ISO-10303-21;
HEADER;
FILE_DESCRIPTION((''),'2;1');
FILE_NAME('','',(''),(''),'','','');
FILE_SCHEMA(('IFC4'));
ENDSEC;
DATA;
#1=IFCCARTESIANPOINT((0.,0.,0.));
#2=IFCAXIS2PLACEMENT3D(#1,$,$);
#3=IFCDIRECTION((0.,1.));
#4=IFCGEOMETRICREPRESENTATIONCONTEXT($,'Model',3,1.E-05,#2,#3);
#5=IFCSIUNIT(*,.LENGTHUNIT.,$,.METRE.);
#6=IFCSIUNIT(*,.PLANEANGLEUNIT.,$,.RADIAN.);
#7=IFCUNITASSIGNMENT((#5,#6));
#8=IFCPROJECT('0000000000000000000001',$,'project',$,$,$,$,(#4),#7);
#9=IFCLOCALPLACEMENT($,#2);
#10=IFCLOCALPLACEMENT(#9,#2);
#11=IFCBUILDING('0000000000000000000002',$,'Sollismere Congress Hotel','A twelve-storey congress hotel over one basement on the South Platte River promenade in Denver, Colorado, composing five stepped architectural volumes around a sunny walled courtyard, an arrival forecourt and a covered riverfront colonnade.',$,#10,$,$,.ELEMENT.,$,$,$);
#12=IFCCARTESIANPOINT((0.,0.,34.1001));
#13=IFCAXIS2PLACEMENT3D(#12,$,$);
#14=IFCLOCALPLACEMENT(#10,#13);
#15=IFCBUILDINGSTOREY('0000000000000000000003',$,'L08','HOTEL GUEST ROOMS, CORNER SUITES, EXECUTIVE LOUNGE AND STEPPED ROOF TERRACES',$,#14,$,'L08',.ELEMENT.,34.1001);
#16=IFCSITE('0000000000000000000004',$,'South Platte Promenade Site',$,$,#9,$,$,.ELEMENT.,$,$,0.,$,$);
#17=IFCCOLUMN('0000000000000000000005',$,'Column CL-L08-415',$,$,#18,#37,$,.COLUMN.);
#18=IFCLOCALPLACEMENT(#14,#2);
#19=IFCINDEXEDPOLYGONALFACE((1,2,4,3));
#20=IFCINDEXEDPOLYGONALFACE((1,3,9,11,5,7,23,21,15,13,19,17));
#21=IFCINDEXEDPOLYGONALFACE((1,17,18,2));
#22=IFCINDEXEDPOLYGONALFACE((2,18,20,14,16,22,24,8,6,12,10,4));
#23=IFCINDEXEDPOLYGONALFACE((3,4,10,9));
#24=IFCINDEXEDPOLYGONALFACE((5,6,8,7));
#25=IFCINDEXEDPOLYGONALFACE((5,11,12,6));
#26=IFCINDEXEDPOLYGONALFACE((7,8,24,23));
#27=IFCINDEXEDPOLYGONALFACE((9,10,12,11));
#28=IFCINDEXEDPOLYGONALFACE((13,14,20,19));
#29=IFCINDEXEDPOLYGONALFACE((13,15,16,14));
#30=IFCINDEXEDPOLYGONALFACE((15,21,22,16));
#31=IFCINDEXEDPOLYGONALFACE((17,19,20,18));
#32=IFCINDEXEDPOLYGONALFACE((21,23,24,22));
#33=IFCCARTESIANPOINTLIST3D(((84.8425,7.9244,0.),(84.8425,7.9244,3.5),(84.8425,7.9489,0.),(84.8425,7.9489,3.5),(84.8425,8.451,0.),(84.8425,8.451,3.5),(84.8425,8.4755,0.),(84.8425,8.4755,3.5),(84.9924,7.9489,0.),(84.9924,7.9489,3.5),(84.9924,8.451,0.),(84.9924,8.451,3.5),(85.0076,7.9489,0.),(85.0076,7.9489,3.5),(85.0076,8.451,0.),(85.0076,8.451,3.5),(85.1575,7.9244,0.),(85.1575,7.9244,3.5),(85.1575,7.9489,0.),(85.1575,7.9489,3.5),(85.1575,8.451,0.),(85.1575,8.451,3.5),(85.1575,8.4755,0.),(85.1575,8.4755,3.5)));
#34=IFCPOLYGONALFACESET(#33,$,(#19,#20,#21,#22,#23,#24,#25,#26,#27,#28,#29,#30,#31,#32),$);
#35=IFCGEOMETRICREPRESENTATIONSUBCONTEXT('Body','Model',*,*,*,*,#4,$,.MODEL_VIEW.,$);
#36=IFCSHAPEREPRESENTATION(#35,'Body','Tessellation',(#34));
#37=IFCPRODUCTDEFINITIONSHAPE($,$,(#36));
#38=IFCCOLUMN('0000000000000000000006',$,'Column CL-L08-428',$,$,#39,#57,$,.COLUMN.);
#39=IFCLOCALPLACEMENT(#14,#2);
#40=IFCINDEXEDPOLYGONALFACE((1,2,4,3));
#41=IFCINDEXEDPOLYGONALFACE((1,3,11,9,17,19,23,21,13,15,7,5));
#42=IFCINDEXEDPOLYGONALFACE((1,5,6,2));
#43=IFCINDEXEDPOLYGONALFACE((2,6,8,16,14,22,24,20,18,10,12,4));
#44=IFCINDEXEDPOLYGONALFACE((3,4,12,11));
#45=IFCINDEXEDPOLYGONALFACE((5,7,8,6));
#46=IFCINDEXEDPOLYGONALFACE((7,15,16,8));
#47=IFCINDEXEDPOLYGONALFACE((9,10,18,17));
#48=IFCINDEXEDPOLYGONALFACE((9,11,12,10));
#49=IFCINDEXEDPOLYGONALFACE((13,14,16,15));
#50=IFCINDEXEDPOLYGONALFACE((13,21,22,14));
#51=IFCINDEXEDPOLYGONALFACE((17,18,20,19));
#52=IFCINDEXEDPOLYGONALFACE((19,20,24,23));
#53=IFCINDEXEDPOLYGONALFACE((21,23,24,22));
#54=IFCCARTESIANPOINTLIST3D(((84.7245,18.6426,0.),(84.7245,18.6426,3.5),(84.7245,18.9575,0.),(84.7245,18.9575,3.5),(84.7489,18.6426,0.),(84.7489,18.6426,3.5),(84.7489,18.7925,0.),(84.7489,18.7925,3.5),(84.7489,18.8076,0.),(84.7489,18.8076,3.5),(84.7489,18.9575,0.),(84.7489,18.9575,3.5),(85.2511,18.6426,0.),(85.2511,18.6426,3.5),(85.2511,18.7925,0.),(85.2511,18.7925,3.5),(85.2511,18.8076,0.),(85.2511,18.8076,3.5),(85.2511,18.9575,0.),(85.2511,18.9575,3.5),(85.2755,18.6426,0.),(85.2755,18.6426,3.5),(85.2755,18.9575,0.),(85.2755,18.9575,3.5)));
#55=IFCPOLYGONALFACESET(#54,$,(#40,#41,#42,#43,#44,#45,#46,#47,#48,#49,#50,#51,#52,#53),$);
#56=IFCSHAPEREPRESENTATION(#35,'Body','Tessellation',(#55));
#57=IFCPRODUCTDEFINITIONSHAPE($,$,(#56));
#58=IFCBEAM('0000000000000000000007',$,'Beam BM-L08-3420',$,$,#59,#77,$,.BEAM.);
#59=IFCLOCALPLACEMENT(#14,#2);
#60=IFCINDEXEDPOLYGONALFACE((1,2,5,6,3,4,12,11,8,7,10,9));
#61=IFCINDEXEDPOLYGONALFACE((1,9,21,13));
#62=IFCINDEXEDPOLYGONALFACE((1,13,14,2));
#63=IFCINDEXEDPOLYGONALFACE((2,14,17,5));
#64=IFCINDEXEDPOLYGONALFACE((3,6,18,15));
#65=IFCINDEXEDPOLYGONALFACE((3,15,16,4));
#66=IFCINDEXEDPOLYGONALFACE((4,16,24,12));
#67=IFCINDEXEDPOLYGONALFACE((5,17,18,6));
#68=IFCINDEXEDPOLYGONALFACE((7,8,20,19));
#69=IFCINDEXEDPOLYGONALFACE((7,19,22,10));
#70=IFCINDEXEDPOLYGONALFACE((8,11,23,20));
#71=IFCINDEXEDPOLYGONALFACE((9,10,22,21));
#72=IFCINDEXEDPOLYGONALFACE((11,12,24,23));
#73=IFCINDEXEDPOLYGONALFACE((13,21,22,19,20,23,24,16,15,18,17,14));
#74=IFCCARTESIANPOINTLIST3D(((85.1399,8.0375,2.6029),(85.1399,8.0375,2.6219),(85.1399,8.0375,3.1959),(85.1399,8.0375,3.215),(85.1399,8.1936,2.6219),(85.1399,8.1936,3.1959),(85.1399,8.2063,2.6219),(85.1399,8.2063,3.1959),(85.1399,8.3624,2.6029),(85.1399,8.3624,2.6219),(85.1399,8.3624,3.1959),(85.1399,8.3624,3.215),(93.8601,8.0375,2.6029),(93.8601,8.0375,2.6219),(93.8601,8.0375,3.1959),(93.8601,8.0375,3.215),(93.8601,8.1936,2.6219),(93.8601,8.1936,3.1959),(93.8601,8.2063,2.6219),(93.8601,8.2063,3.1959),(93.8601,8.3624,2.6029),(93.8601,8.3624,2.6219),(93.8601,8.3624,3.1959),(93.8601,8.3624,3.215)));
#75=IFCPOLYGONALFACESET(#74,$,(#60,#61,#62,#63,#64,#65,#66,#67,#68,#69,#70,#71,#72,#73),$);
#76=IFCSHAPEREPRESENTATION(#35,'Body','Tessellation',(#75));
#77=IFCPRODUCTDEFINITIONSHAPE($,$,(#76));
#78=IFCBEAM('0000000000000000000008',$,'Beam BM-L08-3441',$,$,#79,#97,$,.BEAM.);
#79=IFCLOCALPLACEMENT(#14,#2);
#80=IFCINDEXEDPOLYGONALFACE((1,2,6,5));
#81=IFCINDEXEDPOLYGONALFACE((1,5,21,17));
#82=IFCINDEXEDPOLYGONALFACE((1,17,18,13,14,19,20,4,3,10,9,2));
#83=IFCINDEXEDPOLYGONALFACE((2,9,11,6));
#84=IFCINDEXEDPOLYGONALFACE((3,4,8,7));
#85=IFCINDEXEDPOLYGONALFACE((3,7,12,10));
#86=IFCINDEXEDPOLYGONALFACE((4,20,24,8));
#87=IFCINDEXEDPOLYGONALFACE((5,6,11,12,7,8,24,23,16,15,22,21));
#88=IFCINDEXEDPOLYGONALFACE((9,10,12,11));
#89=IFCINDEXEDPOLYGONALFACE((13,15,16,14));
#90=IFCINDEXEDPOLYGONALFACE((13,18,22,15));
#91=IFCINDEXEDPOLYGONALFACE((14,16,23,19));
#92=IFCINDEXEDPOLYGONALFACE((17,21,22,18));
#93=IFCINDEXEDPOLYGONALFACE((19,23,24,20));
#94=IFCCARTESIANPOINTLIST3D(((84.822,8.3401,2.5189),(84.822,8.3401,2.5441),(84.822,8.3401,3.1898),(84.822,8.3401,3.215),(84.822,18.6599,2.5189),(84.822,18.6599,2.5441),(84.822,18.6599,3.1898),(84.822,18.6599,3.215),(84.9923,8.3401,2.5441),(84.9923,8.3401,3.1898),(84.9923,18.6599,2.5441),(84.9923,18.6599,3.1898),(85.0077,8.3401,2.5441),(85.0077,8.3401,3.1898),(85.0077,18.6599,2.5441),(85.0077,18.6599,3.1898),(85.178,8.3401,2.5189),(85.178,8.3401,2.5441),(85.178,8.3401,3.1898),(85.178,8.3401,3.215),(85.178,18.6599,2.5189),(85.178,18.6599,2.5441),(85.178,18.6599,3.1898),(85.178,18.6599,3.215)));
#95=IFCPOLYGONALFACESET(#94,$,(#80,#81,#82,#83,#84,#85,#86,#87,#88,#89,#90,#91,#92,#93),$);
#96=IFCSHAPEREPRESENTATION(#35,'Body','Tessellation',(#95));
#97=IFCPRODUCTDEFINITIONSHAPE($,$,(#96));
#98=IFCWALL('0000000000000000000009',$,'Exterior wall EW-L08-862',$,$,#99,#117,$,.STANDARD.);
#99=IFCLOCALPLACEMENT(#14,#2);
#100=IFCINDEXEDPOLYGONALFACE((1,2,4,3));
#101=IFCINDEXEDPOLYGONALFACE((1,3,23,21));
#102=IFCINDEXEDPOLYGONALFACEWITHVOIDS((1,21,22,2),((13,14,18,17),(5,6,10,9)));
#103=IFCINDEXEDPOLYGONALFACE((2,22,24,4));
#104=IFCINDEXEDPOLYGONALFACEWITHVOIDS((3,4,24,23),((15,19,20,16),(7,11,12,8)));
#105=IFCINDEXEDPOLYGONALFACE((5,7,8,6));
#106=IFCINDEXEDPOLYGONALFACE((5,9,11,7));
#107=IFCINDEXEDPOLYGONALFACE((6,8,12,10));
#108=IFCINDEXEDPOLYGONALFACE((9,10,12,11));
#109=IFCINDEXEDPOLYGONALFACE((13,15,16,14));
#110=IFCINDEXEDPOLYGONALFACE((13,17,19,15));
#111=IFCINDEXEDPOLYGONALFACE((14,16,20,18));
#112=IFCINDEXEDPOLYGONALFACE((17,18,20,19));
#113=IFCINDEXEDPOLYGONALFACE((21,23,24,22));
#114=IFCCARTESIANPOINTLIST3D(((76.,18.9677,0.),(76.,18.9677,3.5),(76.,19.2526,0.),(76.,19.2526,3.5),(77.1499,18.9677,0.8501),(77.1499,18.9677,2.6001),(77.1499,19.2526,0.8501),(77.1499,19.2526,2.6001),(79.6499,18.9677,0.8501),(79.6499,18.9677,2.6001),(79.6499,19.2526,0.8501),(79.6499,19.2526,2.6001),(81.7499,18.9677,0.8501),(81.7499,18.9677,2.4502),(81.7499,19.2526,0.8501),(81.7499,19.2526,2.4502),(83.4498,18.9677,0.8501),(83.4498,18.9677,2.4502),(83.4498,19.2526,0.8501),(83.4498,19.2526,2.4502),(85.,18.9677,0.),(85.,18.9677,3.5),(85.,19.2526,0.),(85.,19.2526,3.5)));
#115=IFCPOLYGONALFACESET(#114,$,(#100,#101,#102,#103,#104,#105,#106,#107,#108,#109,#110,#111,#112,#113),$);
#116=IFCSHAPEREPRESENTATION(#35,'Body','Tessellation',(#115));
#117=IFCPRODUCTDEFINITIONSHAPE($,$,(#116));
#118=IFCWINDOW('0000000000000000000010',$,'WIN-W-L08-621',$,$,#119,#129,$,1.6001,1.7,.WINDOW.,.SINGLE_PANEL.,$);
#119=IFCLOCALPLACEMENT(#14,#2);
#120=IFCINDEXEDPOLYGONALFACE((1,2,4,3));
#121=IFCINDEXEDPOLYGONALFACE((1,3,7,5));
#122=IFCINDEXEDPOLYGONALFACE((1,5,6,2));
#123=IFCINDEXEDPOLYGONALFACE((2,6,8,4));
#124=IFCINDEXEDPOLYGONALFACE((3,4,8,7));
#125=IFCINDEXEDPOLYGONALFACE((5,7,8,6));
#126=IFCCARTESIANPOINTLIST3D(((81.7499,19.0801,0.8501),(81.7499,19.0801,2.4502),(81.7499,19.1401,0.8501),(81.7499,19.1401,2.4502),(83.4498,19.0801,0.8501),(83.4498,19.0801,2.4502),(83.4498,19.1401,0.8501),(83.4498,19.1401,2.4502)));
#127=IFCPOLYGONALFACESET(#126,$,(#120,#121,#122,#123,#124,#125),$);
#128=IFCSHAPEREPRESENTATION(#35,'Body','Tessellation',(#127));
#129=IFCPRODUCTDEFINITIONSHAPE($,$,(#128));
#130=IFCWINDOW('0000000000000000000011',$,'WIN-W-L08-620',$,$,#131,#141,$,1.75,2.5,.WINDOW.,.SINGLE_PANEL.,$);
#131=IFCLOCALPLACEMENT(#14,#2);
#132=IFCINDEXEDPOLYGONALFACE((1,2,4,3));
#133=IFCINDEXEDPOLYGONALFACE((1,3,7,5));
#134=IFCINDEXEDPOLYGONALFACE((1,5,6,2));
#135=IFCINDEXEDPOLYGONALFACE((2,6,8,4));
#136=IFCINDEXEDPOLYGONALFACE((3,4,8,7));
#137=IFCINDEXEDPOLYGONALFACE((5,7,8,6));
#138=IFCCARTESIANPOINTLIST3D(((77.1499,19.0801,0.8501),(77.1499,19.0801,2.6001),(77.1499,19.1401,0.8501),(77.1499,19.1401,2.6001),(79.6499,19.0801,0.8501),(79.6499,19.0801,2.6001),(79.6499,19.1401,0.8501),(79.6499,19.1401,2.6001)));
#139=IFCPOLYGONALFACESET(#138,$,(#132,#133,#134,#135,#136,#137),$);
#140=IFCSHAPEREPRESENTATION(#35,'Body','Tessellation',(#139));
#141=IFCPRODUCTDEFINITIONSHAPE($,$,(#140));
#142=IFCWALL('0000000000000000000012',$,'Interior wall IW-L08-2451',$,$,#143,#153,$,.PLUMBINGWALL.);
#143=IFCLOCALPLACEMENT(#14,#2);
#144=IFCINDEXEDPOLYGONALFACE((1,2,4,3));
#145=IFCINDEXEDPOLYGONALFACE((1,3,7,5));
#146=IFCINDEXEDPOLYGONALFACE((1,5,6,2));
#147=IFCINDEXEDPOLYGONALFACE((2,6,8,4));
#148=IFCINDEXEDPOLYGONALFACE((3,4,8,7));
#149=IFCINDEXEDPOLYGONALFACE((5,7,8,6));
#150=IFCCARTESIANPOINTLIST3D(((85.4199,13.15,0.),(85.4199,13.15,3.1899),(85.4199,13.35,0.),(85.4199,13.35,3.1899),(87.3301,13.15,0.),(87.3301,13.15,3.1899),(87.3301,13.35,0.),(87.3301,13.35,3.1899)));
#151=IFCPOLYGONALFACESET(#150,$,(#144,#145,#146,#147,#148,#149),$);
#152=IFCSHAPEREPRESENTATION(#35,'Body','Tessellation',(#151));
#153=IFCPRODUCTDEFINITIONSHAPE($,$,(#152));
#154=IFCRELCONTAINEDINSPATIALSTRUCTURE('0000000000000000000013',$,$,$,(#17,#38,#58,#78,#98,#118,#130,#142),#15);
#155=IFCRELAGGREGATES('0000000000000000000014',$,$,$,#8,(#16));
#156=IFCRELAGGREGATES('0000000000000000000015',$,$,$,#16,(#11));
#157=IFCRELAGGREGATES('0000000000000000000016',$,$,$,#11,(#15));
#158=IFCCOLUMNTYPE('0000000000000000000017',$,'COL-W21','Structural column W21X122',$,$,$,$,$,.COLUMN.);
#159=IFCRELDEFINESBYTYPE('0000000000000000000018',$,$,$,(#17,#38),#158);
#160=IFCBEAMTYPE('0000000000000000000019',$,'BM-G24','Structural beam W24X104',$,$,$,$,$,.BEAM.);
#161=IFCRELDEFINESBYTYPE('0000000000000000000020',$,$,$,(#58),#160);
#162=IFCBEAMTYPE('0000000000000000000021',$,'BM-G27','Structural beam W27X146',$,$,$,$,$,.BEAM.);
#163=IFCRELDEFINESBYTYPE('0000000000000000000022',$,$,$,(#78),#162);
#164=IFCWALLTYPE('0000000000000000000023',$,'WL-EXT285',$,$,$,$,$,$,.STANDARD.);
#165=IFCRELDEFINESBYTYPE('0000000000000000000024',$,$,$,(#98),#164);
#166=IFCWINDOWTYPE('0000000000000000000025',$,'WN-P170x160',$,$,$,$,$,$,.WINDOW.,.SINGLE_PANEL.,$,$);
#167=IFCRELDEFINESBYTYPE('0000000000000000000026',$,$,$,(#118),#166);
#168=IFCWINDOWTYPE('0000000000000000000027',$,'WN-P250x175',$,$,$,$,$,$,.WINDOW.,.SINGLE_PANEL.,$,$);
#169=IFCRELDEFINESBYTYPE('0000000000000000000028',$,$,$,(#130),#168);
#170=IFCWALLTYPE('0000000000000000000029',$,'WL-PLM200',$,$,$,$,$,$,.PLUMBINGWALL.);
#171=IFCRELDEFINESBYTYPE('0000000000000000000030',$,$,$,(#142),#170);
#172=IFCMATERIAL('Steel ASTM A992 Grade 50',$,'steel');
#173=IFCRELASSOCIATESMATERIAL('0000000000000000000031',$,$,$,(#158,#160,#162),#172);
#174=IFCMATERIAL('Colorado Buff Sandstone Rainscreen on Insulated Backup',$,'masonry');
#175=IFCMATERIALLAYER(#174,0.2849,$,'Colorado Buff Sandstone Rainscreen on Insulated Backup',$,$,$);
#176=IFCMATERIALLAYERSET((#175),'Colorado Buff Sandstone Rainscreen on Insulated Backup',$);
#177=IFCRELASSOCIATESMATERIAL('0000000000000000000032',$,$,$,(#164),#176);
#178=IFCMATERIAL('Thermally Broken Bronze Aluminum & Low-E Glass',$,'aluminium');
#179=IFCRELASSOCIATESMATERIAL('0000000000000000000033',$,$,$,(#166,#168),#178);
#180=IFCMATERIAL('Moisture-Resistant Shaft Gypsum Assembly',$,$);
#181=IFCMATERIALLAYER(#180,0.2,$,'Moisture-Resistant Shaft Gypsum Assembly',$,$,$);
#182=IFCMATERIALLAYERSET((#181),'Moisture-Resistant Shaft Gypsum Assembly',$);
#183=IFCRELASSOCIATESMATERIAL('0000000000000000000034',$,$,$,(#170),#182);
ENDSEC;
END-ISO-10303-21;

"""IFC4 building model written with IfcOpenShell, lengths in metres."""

from ifc_helpers import new_model, si_unit, direction, frame, frame_2d, origin, origin_2d, place, context, subcontext, project, spatial, rectangle, i_section, extrude, material, layer, layer_set, material_profile, profile_set, type_object, element, fill, save


model = new_model("IFC4")

# Units and contexts
model_context = context("Model", 3, precision=1e-05, world=origin(), true_north=direction((0.0, 1.0)))
body_context = subcontext(model_context, "Body", "Model", "MODEL_VIEW")
ifc_project = project(units=[si_unit("LENGTHUNIT", "METRE"), si_unit("PLANEANGLEUNIT", "RADIAN")], contexts=[model_context])

# Site, building, storey
site_placement = place(None, origin())
site = spatial("IfcSite", under=ifc_project, at=site_placement, Name="South Platte Promenade Site", CompositionType="ELEMENT", RefElevation=0.0)
building_placement = place(site_placement, origin())
building = spatial("IfcBuilding", under=site, at=building_placement, Name="Sollismere Congress Hotel", Description="A twelve-storey congress hotel over one basement on the South Platte River promenade in Denver, Colorado, composing five stepped architectural volumes around a sunny walled courtyard, an arrival forecourt and a covered riverfront colonnade.", CompositionType="ELEMENT")
storey_placement = place(building_placement, frame((0.0, 0.0, 34.1001)))
storey = spatial("IfcBuildingStorey", under=building, at=storey_placement, Name="L08", Description="HOTEL GUEST ROOMS, CORNER SUITES, EXECUTIVE LOUNGE AND STEPPED ROOF TERRACES", LongName="L08", CompositionType="ELEMENT", Elevation=34.1001)

# Columns
ifc_material_1 = material(Name="Steel ASTM A992 Grade 50", Category="steel")
ifc_material_profile_1 = material_profile(ifc_material_1, i_section(OverallWidth=0.3149, OverallDepth=0.551, WebThickness=0.0151, FlangeThickness=0.0244, at=origin_2d()), Name="W21X122")
ifc_profile_set_1 = profile_set([ifc_material_profile_1], Name="Steel ASTM A992 Grade 50")
column_type = type_object("IfcColumnType", Name="COL-W21", Description="Structural column W21X122", PredefinedType="COLUMN", material=ifc_profile_set_1)
for number, where, z_axis, x_axis, name in (
    (1, (85.0, 8.2, 0.0), (0.0, 0.0, 1.0), (1.0, 0.0, 0.0), "Column CL-L08-415"),
    (2, (85.0, 18.8, 0.0), (0.0, 0.0, 1.0), (0.0, 1.0, 0.0), "Column CL-L08-428"),
):
    element("IfcColumn", number, at=place(storey_placement, frame(where, z_axis=z_axis, x_axis=x_axis)), inside=storey, type_object=column_type, Name=name, PredefinedType="COLUMN", context=body_context, shape_type="SweptSolid", body=[
        extrude(i_section(OverallWidth=0.3149, OverallDepth=0.551, WebThickness=0.0151, FlangeThickness=0.0244, at=origin_2d()), origin(), (0.0, 0.0, 1.0), 3.5),
    ])

# Beams
ifc_material_profile_2 = material_profile(ifc_material_1, i_section(OverallWidth=0.325, OverallDepth=0.6121, WebThickness=0.0127, FlangeThickness=0.019, at=origin_2d()), Name="W24X104")
ifc_profile_set_2 = profile_set([ifc_material_profile_2], Name="Steel ASTM A992 Grade 50")
beam_type_1 = type_object("IfcBeamType", Name="BM-G24", Description="Structural beam W24X104", PredefinedType="BEAM", material=ifc_profile_set_2)
beam_1_placement = place(storey_placement, frame((85.1399, 8.2, 2.9089), z_axis=(1.0, 0.0, 0.0), x_axis=(0.0, 1.0, 0.0)))
element("IfcBeam", 3, at=beam_1_placement, inside=storey, type_object=beam_type_1, Name="Beam BM-L08-3420", PredefinedType="BEAM", context=body_context, shape_type="SweptSolid", body=[
    extrude(i_section(OverallWidth=0.325, OverallDepth=0.6121, WebThickness=0.0127, FlangeThickness=0.019, at=origin_2d()), origin(), (0.0, 0.0, 1.0), 8.7202),
])
ifc_material_profile_3 = material_profile(ifc_material_1, i_section(OverallWidth=0.356, OverallDepth=0.696, WebThickness=0.0154, FlangeThickness=0.0251, at=origin_2d()), Name="W27X146")
ifc_profile_set_3 = profile_set([ifc_material_profile_3], Name="Steel ASTM A992 Grade 50")
beam_type_2 = type_object("IfcBeamType", Name="BM-G27", Description="Structural beam W27X146", PredefinedType="BEAM", material=ifc_profile_set_3)
beam_2_placement = place(storey_placement, frame((85.0, 8.3401, 2.8669), z_axis=(0.0, 1.0, 0.0), x_axis=(-1.0, 0.0, 0.0)))
element("IfcBeam", 4, at=beam_2_placement, inside=storey, type_object=beam_type_2, Name="Beam BM-L08-3441", PredefinedType="BEAM", context=body_context, shape_type="SweptSolid", body=[
    extrude(i_section(OverallWidth=0.356, OverallDepth=0.696, WebThickness=0.0154, FlangeThickness=0.0251, at=origin_2d()), origin(), (0.0, 0.0, 1.0), 10.3198),
])

# Wall, openings, windows
ifc_material_2 = material(Name="Colorado Buff Sandstone Rainscreen on Insulated Backup", Category="masonry")
ifc_layer_1 = layer(ifc_material_2, 0.2849, Name="Colorado Buff Sandstone Rainscreen on Insulated Backup")
ifc_layer_set_1 = layer_set([ifc_layer_1], Name="Colorado Buff Sandstone Rainscreen on Insulated Backup")
wall_type_1 = type_object("IfcWallType", Name="WL-EXT285", PredefinedType="STANDARD", material=ifc_layer_set_1)
wall_1_placement = place(storey_placement, frame((85.0, 19.1101, 0.0), z_axis=(0.0, 0.0, 1.0), x_axis=(-1.0, 0.0, 0.0)))
wall_1 = element("IfcWall", 5, at=wall_1_placement, inside=storey, type_object=wall_type_1, Name="Exterior wall EW-L08-862", PredefinedType="STANDARD", context=body_context, shape_type="SweptSolid", body=[
    extrude(rectangle(XDim=9.0, YDim=0.2849, at=frame_2d((4.5, 0.0))), origin(), (0.0, 0.0, 1.0), 3.5),
])
opening_1_placement = place(wall_1_placement, frame((5.3501, 0.0, 0.8501)))
opening_1 = element("IfcOpeningElement", 6, at=opening_1_placement, cuts=wall_1, PredefinedType="OPENING", context=body_context, shape_type="SweptSolid", body=[
    extrude(rectangle(XDim=2.5, YDim=1.75, at=frame_2d((1.25, 0.875))), frame((0.0, 0.1523, 0.0), z_axis=(0.0, -1.0, 0.0), x_axis=(1.0, 0.0, 0.0)), (0.0, 0.0, 1.0), 0.3049),
])
opening_2_placement = place(wall_1_placement, frame((1.55, 0.0, 0.8501)))
opening_2 = element("IfcOpeningElement", 7, at=opening_2_placement, cuts=wall_1, PredefinedType="OPENING", context=body_context, shape_type="SweptSolid", body=[
    extrude(rectangle(XDim=1.7, YDim=1.6001, at=frame_2d((0.8501, 0.8))), frame((0.0, 0.1523, 0.0), z_axis=(0.0, -1.0, 0.0), x_axis=(1.0, 0.0, 0.0)), (0.0, 0.0, 1.0), 0.3049),
])
ifc_material_3 = material(Name="Thermally Broken Bronze Aluminum & Low-E Glass", Category="aluminium")
window_type_1 = type_object("IfcWindowType", Name="WN-P170x160", PartitioningType="SINGLE_PANEL", PredefinedType="WINDOW", material=ifc_material_3)
window_1_placement = place(opening_2_placement, origin())
window_1 = element("IfcWindow", 8, at=window_1_placement, inside=storey, type_object=window_type_1, Name="WIN-W-L08-621", OverallHeight=1.6001, OverallWidth=1.7, PartitioningType="SINGLE_PANEL", PredefinedType="WINDOW", context=body_context, shape_type="SweptSolid", body=[
    extrude(rectangle(XDim=1.7, YDim=1.6001, at=frame_2d((0.8501, 0.8))), frame((0.0, 0.03, 0.0), z_axis=(0.0, -1.0, 0.0), x_axis=(1.0, 0.0, 0.0)), (0.0, 0.0, 1.0), 0.0601),
])
fill(opening_2, window_1)
window_type_2 = type_object("IfcWindowType", Name="WN-P250x175", PartitioningType="SINGLE_PANEL", PredefinedType="WINDOW", material=ifc_material_3)
window_2_placement = place(opening_1_placement, origin())
window_2 = element("IfcWindow", 9, at=window_2_placement, inside=storey, type_object=window_type_2, Name="WIN-W-L08-620", OverallHeight=1.75, OverallWidth=2.5, PartitioningType="SINGLE_PANEL", PredefinedType="WINDOW", context=body_context, shape_type="SweptSolid", body=[
    extrude(rectangle(XDim=2.5, YDim=1.75, at=frame_2d((1.25, 0.875))), frame((0.0, 0.03, 0.0), z_axis=(0.0, -1.0, 0.0), x_axis=(1.0, 0.0, 0.0)), (0.0, 0.0, 1.0), 0.0601),
])
fill(opening_1, window_2)

# Wall
ifc_material_4 = material(Name="Moisture-Resistant Shaft Gypsum Assembly")
ifc_layer_2 = layer(ifc_material_4, 0.2, Name="Moisture-Resistant Shaft Gypsum Assembly")
ifc_layer_set_2 = layer_set([ifc_layer_2], Name="Moisture-Resistant Shaft Gypsum Assembly")
wall_type_2 = type_object("IfcWallType", Name="WL-PLM200", PredefinedType="PLUMBINGWALL", material=ifc_layer_set_2)
wall_2_placement = place(storey_placement, frame((85.4199, 13.25, 0.0), z_axis=(0.0, 0.0, 1.0), x_axis=(1.0, 0.0, 0.0)))
element("IfcWall", 10, at=wall_2_placement, inside=storey, type_object=wall_type_2, Name="Interior wall IW-L08-2451", PredefinedType="PLUMBINGWALL", context=body_context, shape_type="SweptSolid", body=[
    extrude(rectangle(XDim=1.9102, YDim=0.2, at=frame_2d((0.9551, 0.0))), origin(), (0.0, 0.0, 1.0), 3.1899),
])

save(model, "model.ifc")
